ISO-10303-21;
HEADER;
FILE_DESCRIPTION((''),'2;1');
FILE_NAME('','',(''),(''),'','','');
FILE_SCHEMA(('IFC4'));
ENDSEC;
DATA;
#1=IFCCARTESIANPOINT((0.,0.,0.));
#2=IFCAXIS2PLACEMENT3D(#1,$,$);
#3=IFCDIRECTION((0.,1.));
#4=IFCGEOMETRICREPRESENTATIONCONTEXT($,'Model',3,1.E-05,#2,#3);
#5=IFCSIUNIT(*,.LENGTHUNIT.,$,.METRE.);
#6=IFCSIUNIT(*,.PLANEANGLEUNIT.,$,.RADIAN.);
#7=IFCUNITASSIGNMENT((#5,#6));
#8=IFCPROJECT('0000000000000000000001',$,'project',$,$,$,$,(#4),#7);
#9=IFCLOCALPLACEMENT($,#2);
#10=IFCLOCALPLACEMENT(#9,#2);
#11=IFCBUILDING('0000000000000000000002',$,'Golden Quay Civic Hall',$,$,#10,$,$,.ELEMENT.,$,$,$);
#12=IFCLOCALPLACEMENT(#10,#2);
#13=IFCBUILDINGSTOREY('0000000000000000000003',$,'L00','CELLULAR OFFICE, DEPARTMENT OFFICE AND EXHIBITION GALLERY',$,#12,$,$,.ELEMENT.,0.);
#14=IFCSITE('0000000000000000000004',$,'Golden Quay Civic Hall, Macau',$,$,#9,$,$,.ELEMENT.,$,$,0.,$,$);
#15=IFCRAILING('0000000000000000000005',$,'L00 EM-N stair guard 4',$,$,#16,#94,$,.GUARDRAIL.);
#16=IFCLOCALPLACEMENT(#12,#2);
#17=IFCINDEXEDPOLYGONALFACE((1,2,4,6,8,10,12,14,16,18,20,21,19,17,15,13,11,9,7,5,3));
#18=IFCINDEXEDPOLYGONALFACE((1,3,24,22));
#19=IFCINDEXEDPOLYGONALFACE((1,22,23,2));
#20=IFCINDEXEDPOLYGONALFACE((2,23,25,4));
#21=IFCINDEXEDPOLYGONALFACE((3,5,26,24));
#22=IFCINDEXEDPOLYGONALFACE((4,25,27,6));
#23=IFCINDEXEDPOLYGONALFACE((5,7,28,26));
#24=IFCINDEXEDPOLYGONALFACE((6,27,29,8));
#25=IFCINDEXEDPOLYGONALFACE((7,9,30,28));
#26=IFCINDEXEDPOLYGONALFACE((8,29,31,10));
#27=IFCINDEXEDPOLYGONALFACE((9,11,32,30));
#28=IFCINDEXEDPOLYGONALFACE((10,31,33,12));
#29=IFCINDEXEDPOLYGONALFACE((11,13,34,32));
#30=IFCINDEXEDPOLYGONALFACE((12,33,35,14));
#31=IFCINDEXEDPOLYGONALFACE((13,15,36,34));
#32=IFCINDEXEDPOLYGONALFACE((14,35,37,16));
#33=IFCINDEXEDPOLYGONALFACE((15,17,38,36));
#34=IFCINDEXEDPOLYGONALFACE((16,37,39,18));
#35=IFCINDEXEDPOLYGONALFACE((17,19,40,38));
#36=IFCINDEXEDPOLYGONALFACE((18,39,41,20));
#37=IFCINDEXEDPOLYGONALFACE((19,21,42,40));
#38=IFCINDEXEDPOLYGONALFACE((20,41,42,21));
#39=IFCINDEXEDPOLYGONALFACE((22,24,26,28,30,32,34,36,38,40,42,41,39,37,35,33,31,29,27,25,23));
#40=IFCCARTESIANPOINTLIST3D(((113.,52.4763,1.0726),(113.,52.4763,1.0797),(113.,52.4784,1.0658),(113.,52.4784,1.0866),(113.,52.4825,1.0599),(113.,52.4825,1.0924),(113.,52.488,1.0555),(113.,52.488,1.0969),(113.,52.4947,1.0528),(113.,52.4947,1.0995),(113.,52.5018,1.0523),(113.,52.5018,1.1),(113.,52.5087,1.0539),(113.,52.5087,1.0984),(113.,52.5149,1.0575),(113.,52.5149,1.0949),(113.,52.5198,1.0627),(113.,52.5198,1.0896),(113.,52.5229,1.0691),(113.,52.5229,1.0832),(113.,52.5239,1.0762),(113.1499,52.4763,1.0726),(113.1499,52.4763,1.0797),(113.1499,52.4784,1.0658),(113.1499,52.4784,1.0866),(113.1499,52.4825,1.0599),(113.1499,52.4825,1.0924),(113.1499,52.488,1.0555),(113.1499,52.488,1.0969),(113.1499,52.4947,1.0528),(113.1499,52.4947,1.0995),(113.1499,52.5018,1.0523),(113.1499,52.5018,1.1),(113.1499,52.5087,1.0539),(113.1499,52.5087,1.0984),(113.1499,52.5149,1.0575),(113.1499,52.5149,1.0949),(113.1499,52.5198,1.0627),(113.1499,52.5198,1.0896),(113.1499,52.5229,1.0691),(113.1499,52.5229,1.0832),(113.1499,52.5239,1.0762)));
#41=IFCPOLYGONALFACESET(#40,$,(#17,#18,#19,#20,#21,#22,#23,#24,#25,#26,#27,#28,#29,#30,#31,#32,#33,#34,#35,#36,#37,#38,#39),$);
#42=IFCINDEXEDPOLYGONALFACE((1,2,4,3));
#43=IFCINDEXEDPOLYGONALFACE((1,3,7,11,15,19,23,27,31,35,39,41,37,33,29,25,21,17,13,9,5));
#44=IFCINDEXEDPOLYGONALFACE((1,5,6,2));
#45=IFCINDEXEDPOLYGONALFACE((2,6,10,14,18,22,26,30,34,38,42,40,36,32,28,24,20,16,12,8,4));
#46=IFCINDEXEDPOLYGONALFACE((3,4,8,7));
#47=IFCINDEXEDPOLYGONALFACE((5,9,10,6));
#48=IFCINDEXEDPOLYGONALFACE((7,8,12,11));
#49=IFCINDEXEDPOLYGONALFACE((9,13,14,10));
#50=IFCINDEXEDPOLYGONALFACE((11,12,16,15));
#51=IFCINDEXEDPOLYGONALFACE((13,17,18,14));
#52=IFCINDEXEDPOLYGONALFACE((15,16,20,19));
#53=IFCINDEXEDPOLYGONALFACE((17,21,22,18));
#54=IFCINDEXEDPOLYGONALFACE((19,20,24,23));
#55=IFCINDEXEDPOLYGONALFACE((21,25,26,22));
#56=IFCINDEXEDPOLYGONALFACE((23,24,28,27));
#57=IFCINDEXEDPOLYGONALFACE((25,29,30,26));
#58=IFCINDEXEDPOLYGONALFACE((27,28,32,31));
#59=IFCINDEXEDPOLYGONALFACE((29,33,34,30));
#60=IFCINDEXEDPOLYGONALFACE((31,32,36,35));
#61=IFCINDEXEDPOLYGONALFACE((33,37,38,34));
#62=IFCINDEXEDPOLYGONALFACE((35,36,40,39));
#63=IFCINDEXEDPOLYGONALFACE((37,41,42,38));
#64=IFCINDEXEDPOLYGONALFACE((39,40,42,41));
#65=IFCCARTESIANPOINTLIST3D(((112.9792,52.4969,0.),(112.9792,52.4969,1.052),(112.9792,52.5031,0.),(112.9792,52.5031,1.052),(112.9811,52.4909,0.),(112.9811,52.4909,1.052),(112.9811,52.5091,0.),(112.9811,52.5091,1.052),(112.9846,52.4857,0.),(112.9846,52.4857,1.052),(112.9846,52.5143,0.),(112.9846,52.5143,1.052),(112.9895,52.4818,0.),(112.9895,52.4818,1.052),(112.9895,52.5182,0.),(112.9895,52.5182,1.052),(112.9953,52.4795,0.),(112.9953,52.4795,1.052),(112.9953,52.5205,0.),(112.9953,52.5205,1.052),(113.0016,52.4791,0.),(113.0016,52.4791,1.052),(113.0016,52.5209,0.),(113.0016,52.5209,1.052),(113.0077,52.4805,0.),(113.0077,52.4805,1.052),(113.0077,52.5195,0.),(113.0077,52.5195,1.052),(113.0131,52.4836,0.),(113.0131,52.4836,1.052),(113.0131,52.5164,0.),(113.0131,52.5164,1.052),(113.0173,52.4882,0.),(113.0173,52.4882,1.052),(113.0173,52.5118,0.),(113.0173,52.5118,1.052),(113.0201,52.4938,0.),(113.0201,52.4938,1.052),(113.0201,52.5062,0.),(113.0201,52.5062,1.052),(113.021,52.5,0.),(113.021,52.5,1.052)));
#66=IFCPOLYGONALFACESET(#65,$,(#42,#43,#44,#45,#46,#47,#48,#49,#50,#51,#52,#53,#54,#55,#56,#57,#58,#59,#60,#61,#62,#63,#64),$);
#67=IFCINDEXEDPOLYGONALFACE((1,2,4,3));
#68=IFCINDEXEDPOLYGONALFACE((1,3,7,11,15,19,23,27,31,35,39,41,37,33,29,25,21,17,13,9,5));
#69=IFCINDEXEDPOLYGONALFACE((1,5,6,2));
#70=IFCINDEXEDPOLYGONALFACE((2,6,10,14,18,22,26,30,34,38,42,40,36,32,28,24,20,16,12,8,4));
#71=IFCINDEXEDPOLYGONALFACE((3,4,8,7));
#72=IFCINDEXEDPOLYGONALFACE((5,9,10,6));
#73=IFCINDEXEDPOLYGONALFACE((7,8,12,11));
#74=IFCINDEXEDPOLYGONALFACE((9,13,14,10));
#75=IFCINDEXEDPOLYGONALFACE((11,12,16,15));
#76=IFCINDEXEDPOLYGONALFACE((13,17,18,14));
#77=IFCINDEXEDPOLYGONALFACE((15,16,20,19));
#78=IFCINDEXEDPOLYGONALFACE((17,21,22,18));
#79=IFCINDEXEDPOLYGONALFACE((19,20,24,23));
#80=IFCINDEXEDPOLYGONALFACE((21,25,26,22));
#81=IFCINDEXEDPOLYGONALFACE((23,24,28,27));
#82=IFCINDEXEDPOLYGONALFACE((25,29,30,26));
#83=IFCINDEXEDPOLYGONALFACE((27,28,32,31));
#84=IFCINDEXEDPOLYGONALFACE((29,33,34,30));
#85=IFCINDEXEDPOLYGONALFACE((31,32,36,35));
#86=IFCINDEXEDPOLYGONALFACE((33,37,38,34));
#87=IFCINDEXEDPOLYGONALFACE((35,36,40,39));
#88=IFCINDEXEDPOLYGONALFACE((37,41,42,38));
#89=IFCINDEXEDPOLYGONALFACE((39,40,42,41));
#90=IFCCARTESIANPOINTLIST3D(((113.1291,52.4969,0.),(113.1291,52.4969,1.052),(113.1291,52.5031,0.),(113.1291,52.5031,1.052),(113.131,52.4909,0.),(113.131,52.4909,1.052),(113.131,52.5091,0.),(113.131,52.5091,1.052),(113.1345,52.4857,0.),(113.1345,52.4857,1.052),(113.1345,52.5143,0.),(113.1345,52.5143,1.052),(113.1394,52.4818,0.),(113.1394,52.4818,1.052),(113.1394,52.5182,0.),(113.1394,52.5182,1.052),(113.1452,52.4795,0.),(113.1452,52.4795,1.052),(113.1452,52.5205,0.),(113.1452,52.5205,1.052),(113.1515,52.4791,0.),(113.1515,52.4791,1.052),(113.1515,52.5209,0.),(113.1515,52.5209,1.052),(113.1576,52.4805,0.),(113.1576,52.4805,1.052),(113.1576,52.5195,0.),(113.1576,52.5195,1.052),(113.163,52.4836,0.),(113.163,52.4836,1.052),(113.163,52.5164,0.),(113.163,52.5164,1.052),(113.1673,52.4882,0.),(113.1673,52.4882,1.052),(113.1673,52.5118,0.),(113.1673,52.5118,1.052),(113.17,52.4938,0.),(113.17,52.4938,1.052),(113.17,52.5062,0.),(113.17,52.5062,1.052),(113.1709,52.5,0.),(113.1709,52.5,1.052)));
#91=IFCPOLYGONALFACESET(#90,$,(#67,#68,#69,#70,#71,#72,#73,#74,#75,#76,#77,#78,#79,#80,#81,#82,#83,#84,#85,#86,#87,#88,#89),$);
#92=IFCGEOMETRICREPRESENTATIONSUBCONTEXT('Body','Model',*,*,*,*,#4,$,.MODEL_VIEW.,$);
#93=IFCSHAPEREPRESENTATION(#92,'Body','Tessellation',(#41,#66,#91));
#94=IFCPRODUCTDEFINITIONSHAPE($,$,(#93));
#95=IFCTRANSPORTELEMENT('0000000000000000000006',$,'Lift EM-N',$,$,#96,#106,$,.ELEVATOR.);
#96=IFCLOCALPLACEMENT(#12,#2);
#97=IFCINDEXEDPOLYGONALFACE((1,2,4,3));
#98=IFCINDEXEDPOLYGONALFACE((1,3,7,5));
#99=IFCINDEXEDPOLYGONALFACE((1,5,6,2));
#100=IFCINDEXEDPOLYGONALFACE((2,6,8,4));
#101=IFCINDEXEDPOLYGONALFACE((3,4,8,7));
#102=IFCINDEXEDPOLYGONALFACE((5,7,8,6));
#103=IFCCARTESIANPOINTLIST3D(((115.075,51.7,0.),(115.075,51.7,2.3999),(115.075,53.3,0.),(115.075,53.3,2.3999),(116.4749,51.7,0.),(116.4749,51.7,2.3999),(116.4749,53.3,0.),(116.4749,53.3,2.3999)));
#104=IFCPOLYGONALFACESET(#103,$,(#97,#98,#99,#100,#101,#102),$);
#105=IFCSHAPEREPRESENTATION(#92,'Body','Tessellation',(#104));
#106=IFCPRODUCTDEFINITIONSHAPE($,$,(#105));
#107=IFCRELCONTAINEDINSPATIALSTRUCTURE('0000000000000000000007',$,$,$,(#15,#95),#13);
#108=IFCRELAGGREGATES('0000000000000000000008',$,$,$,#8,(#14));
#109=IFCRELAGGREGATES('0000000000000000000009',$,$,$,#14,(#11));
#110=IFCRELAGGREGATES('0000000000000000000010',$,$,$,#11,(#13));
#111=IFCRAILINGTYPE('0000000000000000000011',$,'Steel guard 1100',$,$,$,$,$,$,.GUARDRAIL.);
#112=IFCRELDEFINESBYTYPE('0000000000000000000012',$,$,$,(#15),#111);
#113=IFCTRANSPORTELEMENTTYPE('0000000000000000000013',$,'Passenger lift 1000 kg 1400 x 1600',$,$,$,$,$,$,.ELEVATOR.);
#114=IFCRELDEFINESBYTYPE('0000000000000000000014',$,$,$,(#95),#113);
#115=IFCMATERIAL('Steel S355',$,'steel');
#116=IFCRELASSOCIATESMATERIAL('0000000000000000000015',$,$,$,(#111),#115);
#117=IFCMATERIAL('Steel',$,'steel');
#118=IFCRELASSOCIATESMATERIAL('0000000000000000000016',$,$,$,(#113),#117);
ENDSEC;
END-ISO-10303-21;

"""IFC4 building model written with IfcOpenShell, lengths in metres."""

from ifc_helpers import new_model, si_unit, direction, frame, origin, origin_2d, place, context, subcontext, project, spatial, rectangle, circle, extrude, material, type_object, element, save


model = new_model("IFC4")

# Units and contexts
model_context = context("Model", 3, precision=1e-05, world=origin(), true_north=direction((0.0, 1.0)))
body_context = subcontext(model_context, "Body", "Model", "MODEL_VIEW")
ifc_project = project(units=[si_unit("LENGTHUNIT", "METRE"), si_unit("PLANEANGLEUNIT", "RADIAN")], contexts=[model_context])

# Site, building, storey
site_placement = place(None, origin())
site = spatial("IfcSite", under=ifc_project, at=site_placement, Name="Golden Quay Civic Hall, Macau", CompositionType="ELEMENT", RefElevation=0.0)
building_placement = place(site_placement, origin())
building = spatial("IfcBuilding", under=site, at=building_placement, Name="Golden Quay Civic Hall", CompositionType="ELEMENT")
storey_placement = place(building_placement, origin())
storey = spatial("IfcBuildingStorey", under=building, at=storey_placement, Name="L00", Description="CELLULAR OFFICE, DEPARTMENT OFFICE AND EXHIBITION GALLERY", CompositionType="ELEMENT", Elevation=0.0)

# Railing
ifc_material_1 = material(Name="Steel S355", Category="steel")
railing_type = type_object("IfcRailingType", Name="Steel guard 1100", PredefinedType="GUARDRAIL", material=ifc_material_1)
railing_1_placement = place(storey_placement, frame((113.0, 52.5, 0.0)))
element("IfcRailing", 1, at=railing_1_placement, inside=storey, type_object=railing_type, Name="L00 EM-N stair guard 4", PredefinedType="GUARDRAIL", context=body_context, shape_type="SweptSolid", body=[
    extrude(circle(Radius=0.0239, at=origin_2d()), frame((0.0, 0.0, 1.0762), z_axis=(1.0, 0.0, 0.0), x_axis=(0.0, 1.0, 0.0)), (0.0, 0.0, 1.0), 0.1499),
    extrude(circle(Radius=0.021, at=origin_2d()), origin(), (0.0, 0.0, 1.0), 1.052),
    extrude(circle(Radius=0.021, at=origin_2d()), frame((0.1499, 0.0, 0.0)), (0.0, 0.0, 1.0), 1.052),
])

# Transport element
ifc_material_2 = material(Name="Steel", Category="steel")
transport_element_type = type_object("IfcTransportElementType", Name="Passenger lift 1000 kg 1400 x 1600", PredefinedType="ELEVATOR", material=ifc_material_2)
transport_element_placement = place(storey_placement, frame((115.7749, 52.5, 0.0), z_axis=(0.0, 0.0, 1.0), x_axis=(1.0, 0.0, 0.0)))
element("IfcTransportElement", 2, at=transport_element_placement, inside=storey, type_object=transport_element_type, Name="Lift EM-N", PredefinedType="ELEVATOR", context=body_context, shape_type="SweptSolid", body=[
    extrude(rectangle(XDim=1.3999, YDim=1.6001, at=origin_2d()), origin(), (0.0, 0.0, 1.0), 2.3999),
])

save(model, "model.ifc")
